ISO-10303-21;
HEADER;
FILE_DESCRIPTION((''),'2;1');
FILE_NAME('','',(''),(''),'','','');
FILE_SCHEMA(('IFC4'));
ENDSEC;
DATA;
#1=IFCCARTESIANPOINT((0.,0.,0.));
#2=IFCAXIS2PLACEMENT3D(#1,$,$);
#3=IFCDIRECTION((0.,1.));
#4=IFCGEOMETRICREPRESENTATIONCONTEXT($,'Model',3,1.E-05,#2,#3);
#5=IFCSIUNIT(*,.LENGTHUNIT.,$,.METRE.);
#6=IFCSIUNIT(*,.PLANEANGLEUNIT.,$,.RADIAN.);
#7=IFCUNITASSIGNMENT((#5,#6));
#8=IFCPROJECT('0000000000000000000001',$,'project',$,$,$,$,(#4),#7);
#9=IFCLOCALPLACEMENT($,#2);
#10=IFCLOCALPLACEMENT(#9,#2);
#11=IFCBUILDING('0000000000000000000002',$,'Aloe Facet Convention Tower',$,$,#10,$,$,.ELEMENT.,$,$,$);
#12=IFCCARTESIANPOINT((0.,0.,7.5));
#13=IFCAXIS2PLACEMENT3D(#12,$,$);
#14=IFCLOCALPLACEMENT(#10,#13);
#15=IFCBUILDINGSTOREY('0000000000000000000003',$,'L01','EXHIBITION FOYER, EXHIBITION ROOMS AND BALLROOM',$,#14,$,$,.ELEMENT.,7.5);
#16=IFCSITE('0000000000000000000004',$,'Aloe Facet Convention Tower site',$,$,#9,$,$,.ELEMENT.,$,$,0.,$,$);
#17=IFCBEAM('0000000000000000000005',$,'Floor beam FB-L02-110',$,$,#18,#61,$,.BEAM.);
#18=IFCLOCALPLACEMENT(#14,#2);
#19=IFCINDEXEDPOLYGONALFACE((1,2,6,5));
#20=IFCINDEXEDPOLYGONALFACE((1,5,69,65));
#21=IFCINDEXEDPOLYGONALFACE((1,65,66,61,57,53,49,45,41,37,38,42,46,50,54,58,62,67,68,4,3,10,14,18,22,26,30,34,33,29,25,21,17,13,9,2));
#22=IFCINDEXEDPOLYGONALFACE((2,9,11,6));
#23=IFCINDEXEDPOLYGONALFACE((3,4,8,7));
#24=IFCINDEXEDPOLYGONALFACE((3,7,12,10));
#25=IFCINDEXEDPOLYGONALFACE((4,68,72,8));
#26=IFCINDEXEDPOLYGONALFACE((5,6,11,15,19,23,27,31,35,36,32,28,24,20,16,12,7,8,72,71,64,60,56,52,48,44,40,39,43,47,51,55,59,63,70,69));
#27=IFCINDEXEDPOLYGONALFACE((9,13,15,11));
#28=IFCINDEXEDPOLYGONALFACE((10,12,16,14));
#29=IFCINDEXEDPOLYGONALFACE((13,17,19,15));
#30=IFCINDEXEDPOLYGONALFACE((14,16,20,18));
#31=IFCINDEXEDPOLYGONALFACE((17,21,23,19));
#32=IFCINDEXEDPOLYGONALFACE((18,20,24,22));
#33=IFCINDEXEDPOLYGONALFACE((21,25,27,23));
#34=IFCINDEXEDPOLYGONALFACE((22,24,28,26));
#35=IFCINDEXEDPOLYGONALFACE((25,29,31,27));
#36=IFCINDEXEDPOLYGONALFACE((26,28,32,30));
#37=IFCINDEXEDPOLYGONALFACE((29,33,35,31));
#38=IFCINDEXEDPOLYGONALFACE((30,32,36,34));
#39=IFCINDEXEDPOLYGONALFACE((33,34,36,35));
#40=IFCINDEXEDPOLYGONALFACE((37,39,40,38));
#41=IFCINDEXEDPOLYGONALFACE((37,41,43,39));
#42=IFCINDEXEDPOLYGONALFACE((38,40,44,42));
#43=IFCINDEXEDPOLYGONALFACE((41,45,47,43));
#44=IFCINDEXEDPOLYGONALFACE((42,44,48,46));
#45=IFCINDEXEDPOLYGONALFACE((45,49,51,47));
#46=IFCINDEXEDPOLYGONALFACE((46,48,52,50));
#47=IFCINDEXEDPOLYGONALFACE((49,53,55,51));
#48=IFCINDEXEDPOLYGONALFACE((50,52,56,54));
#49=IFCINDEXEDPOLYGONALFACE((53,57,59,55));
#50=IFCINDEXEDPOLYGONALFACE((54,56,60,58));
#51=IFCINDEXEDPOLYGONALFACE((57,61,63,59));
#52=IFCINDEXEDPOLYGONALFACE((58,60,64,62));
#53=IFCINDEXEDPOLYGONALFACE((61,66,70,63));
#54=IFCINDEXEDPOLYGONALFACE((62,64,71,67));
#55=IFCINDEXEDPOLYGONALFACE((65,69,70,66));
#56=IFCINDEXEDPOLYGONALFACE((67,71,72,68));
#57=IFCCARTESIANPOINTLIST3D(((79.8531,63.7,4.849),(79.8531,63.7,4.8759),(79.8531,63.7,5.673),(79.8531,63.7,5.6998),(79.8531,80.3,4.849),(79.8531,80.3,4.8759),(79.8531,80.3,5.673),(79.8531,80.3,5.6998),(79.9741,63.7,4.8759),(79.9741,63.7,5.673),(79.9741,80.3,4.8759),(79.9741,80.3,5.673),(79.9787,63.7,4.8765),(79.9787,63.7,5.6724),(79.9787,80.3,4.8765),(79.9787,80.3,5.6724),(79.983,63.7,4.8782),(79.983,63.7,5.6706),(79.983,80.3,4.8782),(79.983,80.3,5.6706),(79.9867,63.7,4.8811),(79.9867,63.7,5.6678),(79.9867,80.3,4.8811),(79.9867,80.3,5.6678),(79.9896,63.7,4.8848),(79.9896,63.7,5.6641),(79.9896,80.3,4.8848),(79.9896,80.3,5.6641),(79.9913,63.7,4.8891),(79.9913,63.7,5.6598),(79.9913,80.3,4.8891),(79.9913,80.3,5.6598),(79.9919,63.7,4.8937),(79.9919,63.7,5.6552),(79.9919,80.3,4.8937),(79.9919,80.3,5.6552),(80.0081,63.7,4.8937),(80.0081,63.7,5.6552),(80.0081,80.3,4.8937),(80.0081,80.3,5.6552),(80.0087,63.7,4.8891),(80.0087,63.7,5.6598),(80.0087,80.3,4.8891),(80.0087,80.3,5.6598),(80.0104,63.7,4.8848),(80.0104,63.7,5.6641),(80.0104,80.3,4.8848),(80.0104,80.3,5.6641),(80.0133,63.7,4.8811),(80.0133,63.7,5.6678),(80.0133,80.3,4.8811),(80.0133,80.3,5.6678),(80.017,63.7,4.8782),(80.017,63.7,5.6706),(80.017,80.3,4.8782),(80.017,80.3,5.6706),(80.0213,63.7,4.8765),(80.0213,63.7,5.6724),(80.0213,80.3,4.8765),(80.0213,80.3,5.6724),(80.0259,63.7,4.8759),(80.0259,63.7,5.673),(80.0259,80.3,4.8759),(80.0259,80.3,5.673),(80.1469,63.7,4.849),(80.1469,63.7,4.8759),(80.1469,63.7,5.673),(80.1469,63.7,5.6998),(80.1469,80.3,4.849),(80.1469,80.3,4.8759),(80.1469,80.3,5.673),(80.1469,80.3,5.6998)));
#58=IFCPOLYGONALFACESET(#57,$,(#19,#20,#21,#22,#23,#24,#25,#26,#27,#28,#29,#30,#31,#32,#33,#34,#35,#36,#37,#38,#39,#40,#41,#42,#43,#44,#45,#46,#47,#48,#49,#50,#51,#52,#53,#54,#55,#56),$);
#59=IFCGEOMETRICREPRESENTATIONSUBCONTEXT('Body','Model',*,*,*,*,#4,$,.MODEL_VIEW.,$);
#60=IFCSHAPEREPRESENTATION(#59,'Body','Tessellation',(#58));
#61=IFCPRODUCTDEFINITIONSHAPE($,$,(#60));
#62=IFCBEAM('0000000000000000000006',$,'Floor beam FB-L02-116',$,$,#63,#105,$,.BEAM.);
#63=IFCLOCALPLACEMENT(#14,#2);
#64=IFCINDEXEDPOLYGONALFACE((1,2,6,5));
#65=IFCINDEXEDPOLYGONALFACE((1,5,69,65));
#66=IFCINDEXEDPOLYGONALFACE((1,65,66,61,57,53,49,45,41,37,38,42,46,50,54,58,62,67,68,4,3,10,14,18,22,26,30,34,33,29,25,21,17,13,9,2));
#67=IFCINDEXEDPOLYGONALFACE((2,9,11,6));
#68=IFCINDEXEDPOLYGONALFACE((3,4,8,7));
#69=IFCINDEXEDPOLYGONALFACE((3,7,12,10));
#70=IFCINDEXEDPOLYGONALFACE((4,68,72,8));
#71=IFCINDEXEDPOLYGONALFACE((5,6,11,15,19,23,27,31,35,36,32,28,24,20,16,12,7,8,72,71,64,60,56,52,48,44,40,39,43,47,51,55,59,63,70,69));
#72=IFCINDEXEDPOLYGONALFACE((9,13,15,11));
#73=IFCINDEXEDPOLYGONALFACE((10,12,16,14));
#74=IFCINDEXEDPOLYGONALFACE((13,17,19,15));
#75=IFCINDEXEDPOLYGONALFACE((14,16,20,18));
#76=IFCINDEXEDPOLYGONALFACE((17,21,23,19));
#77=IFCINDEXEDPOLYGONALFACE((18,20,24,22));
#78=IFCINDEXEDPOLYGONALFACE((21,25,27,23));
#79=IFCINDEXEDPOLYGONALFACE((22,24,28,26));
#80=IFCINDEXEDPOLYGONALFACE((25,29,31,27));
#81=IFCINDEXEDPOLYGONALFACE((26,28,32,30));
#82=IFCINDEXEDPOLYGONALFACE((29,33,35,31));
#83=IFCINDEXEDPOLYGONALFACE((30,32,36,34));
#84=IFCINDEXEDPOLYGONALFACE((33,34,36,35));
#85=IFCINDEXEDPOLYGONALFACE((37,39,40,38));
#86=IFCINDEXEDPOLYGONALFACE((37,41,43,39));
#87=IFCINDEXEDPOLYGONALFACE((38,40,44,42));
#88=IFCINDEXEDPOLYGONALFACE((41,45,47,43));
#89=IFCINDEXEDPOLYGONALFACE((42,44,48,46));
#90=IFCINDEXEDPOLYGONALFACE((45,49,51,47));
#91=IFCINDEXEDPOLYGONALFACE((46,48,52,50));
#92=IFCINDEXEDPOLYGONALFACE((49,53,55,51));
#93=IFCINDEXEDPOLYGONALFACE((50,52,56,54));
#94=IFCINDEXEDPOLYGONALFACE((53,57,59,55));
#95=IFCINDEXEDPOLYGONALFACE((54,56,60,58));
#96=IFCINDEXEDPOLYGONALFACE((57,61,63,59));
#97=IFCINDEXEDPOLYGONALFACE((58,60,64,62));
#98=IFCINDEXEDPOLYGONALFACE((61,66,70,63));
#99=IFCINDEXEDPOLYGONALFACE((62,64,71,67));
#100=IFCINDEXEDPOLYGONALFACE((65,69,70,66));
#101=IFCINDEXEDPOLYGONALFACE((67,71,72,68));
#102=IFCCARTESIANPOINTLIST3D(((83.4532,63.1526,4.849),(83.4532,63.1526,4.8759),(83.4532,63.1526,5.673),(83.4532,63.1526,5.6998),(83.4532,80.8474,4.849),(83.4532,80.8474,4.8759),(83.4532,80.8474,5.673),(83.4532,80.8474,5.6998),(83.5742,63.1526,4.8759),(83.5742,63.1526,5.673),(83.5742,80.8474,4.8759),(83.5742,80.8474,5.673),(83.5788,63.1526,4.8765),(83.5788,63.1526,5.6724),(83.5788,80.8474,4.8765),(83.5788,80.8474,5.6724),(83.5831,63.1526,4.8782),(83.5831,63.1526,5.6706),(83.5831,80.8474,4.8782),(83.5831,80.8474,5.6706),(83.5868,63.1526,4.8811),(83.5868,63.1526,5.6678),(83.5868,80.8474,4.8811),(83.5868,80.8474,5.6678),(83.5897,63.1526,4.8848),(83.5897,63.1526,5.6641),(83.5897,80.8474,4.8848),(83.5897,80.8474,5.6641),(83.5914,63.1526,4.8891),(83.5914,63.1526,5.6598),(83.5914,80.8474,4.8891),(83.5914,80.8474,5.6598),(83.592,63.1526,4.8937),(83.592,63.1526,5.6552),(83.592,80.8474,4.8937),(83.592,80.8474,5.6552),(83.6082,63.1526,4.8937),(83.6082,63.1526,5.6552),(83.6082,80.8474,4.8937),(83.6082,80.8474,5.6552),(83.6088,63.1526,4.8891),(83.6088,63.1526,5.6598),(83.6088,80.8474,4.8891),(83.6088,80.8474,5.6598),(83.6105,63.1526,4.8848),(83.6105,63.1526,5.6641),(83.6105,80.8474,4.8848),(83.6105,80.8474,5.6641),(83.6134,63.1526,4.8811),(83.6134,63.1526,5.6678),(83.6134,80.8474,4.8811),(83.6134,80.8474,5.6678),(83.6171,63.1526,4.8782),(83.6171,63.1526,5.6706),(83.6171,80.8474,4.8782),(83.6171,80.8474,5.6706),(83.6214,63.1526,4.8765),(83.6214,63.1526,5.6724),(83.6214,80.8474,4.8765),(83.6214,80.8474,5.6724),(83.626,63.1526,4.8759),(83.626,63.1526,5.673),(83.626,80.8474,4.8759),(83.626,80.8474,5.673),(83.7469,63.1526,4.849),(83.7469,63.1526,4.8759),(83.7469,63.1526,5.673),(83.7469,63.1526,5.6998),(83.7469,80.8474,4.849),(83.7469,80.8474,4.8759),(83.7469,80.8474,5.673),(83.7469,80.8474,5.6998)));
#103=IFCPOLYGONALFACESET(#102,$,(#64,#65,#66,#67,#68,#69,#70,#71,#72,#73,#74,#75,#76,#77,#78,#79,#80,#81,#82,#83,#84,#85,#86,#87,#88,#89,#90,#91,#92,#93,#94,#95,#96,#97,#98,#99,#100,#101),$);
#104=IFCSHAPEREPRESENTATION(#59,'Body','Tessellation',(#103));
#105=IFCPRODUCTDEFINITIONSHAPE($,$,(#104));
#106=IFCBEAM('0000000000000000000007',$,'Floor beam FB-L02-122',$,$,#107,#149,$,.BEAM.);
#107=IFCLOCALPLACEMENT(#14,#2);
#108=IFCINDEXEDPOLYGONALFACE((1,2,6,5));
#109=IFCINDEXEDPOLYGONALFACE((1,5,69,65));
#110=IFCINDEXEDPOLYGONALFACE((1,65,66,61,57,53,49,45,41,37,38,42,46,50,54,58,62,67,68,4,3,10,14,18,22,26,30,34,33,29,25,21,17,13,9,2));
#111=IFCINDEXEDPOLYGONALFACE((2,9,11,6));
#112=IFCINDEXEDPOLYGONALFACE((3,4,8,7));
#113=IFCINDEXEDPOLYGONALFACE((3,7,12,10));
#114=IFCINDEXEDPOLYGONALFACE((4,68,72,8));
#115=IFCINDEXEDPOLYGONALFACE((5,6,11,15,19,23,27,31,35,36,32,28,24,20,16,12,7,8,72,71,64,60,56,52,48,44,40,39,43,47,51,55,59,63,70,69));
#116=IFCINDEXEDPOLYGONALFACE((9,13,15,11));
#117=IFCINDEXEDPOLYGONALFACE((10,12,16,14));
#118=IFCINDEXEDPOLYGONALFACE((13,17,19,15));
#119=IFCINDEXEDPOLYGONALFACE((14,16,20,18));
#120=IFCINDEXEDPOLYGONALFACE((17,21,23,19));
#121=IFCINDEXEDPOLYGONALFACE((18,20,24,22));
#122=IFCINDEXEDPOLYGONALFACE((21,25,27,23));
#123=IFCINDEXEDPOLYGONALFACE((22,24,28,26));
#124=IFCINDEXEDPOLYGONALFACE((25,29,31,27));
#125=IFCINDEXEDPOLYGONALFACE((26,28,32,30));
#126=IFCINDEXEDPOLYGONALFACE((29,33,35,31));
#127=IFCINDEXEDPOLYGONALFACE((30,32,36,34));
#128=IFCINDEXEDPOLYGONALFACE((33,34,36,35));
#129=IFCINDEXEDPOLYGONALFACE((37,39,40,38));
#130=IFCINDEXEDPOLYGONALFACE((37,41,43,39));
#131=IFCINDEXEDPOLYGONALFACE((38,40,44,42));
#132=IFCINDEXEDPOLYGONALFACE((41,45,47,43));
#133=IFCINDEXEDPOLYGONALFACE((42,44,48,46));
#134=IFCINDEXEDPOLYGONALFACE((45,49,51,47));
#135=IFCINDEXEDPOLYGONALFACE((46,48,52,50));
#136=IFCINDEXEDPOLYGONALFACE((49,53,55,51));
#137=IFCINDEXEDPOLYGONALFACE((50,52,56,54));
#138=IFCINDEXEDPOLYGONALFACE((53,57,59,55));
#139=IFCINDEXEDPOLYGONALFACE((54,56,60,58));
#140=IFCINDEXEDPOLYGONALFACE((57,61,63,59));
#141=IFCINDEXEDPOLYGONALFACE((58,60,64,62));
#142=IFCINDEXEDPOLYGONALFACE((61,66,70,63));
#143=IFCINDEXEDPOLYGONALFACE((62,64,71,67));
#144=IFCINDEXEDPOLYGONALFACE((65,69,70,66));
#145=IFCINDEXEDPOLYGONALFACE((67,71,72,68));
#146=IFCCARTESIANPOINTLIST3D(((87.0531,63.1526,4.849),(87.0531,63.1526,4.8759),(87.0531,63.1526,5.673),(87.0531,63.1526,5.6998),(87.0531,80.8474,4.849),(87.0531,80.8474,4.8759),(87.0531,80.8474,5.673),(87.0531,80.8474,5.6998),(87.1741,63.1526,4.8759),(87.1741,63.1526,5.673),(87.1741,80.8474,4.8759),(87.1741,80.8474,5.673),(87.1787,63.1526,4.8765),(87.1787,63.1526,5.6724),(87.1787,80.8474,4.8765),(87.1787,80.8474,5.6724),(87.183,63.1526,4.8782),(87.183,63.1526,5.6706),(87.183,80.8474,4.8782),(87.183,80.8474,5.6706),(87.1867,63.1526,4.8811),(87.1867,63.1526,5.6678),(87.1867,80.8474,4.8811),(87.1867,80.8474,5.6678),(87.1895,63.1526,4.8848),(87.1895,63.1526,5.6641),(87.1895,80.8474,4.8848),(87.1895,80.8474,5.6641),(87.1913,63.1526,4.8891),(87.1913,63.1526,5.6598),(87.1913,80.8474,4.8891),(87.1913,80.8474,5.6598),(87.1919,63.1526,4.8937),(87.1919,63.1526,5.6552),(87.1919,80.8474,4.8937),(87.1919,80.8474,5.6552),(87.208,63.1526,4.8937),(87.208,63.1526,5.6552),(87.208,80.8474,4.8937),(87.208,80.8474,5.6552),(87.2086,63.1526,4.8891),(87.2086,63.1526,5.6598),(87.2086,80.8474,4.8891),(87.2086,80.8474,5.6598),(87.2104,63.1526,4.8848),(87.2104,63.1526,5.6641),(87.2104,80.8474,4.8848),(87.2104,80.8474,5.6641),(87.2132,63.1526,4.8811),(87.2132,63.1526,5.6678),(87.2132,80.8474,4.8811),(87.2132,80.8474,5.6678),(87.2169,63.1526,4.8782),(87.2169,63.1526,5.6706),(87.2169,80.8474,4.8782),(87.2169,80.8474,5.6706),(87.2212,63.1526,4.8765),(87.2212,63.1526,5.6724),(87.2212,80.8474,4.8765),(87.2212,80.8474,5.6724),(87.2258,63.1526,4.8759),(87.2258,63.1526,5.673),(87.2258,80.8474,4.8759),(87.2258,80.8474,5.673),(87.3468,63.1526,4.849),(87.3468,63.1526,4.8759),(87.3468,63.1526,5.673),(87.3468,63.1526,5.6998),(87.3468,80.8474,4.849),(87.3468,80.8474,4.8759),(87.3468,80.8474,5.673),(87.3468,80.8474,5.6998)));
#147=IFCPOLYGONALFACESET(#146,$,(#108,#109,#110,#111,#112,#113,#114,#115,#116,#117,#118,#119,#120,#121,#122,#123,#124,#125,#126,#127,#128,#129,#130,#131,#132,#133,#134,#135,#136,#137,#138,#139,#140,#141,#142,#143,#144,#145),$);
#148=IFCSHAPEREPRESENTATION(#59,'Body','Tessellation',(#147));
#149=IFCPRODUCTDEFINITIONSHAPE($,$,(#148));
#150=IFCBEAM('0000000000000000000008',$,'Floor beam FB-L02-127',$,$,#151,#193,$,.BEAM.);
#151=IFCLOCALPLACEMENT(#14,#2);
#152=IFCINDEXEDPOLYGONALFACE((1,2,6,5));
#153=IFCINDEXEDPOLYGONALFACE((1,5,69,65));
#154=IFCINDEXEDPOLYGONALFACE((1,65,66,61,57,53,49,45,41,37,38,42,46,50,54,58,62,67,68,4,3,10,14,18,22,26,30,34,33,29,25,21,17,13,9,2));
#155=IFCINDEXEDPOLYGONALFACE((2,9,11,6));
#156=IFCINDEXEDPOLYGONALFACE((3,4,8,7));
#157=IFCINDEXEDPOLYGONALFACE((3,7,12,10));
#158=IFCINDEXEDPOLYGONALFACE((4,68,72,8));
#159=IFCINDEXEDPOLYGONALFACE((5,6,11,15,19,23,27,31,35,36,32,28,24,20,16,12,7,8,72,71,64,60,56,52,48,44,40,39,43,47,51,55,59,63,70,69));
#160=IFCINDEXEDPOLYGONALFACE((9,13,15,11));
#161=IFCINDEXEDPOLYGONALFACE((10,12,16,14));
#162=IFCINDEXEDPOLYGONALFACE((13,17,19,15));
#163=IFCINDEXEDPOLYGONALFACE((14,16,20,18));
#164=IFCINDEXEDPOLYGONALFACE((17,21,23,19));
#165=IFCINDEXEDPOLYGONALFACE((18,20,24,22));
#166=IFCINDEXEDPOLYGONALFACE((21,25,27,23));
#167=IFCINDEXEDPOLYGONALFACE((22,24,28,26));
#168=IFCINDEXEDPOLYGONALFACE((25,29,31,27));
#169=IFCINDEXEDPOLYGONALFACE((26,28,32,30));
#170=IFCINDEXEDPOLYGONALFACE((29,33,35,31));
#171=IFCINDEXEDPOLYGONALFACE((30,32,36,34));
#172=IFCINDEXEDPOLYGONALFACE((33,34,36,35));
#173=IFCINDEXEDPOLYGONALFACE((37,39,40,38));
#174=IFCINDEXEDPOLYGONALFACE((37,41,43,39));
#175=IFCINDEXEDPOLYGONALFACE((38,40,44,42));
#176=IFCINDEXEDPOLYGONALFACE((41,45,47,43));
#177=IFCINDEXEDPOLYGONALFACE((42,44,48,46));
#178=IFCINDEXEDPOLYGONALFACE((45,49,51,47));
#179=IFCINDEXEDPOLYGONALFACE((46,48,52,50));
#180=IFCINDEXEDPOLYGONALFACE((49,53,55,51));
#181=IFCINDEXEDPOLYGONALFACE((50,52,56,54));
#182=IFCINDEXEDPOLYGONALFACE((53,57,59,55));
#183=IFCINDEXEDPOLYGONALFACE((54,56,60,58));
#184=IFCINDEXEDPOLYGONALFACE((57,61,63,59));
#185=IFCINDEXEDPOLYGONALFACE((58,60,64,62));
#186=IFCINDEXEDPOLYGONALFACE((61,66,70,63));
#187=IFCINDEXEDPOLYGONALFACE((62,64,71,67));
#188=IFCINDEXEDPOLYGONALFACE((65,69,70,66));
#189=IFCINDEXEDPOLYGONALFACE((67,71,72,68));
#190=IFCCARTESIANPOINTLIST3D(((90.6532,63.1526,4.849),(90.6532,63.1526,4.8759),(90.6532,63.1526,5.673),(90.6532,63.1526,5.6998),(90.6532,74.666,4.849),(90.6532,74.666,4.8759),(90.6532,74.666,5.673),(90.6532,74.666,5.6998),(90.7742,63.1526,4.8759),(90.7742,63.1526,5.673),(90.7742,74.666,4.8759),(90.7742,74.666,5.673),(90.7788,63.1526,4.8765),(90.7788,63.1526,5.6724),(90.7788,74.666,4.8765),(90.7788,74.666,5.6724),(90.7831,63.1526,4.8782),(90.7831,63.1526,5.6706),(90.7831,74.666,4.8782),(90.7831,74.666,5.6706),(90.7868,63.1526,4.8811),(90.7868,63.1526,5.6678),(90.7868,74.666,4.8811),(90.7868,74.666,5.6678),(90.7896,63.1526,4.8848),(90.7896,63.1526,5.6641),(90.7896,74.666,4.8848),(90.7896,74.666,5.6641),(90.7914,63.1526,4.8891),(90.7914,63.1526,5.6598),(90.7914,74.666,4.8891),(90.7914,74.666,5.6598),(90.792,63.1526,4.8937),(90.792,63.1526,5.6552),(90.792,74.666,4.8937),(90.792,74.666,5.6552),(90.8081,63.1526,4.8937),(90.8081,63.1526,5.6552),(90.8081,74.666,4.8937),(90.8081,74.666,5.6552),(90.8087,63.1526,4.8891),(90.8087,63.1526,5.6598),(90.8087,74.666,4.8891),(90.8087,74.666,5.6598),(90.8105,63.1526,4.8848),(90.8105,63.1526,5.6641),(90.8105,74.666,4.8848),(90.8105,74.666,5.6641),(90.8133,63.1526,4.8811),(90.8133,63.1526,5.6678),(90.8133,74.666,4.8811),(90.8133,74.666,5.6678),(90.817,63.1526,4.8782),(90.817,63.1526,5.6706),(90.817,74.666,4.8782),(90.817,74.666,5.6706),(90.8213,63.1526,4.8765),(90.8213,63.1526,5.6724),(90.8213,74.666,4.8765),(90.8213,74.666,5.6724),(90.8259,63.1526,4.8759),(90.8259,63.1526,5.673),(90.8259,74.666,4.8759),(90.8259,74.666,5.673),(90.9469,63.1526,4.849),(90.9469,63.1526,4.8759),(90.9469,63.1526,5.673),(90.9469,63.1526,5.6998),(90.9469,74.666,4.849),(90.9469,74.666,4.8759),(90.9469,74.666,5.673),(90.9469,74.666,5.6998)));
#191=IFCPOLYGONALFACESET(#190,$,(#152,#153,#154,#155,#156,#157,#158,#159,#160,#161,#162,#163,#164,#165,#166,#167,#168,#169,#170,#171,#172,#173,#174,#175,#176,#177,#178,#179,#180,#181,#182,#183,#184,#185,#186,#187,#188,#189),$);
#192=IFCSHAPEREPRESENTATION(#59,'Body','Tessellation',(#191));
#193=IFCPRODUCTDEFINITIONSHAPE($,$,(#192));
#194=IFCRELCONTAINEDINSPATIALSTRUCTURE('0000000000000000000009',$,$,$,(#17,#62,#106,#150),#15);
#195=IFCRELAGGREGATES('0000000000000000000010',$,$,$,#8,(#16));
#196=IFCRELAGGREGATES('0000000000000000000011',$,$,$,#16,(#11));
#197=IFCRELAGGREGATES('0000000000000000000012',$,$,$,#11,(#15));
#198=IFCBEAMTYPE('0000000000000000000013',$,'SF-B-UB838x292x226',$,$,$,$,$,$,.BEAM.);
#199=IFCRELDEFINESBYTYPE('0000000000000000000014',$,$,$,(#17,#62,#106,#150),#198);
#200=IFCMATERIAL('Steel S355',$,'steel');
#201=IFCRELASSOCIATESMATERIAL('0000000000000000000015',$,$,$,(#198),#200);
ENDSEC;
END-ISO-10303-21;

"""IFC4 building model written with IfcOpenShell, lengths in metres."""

from ifc_helpers import new_model, si_unit, direction, frame, origin, origin_2d, place, context, subcontext, project, spatial, i_section, extrude, material, material_profile, profile_set, type_object, element, save


model = new_model("IFC4")

# Units and contexts
model_context = context("Model", 3, precision=1e-05, world=origin(), true_north=direction((0.0, 1.0)))
body_context = subcontext(model_context, "Body", "Model", "MODEL_VIEW")
ifc_project = project(units=[si_unit("LENGTHUNIT", "METRE"), si_unit("PLANEANGLEUNIT", "RADIAN")], contexts=[model_context])

# Site, building, storey
site_placement = place(None, origin())
site = spatial("IfcSite", under=ifc_project, at=site_placement, Name="Aloe Facet Convention Tower site", CompositionType="ELEMENT", RefElevation=0.0)
building_placement = place(site_placement, origin())
building = spatial("IfcBuilding", under=site, at=building_placement, Name="Aloe Facet Convention Tower", CompositionType="ELEMENT")
storey_placement = place(building_placement, frame((0.0, 0.0, 7.5)))
storey = spatial("IfcBuildingStorey", under=building, at=storey_placement, Name="L01", Description="EXHIBITION FOYER, EXHIBITION ROOMS AND BALLROOM", CompositionType="ELEMENT", Elevation=7.5)

# Beams
ifc_material_1 = material(Name="Steel S355", Category="steel")
ifc_material_profile_1 = material_profile(ifc_material_1, i_section(OverallWidth=0.2937, OverallDepth=0.8508, WebThickness=0.0161, FlangeThickness=0.0269, FilletRadius=0.0178, at=origin_2d()), Name="UB 838x292x226")
ifc_profile_set_1 = profile_set([ifc_material_profile_1], Name="Steel S355")
beam_type_1 = type_object("IfcBeamType", Name="SF-B-UB838x292x226", PredefinedType="BEAM", material=ifc_profile_set_1)
beam_1_placement = place(storey_placement, frame((80.0, 63.7, 5.2744), z_axis=(0.0, 1.0, 0.0), x_axis=(-1.0, 0.0, 0.0)))
element("IfcBeam", 1, at=beam_1_placement, inside=storey, type_object=beam_type_1, Name="Floor beam FB-L02-110", PredefinedType="BEAM", context=body_context, shape_type="SweptSolid", body=[
    extrude(i_section(OverallWidth=0.2937, OverallDepth=0.8508, WebThickness=0.0161, FlangeThickness=0.0269, FilletRadius=0.0178, at=origin_2d()), origin(), (0.0, 0.0, 1.0), 16.6001),
])
for number, where, z_axis, x_axis, name in (
    (2, (83.6001, 63.1526, 5.2744), (0.0, 1.0, 0.0), (-1.0, 0.0, 0.0), "Floor beam FB-L02-116"),
    (3, (87.2, 63.1526, 5.2744), (0.0, 1.0, 0.0), (-1.0, 0.0, 0.0), "Floor beam FB-L02-122"),
):
    element("IfcBeam", number, at=place(storey_placement, frame(where, z_axis=z_axis, x_axis=x_axis)), inside=storey, type_object=beam_type_1, Name=name, PredefinedType="BEAM", context=body_context, shape_type="SweptSolid", body=[
        extrude(i_section(OverallWidth=0.2937, OverallDepth=0.8508, WebThickness=0.0161, FlangeThickness=0.0269, FilletRadius=0.0178, at=origin_2d()), origin(), (0.0, 0.0, 1.0), 17.6948),
    ])
beam_2_placement = place(storey_placement, frame((90.8, 63.1526, 5.2744), z_axis=(0.0, 1.0, 0.0), x_axis=(-1.0, 0.0, 0.0)))
element("IfcBeam", 4, at=beam_2_placement, inside=storey, type_object=beam_type_1, Name="Floor beam FB-L02-127", PredefinedType="BEAM", context=body_context, shape_type="SweptSolid", body=[
    extrude(i_section(OverallWidth=0.2937, OverallDepth=0.8508, WebThickness=0.0161, FlangeThickness=0.0269, FilletRadius=0.0178, at=origin_2d()), origin(), (0.0, 0.0, 1.0), 11.5134),
])

save(model, "model.ifc")
